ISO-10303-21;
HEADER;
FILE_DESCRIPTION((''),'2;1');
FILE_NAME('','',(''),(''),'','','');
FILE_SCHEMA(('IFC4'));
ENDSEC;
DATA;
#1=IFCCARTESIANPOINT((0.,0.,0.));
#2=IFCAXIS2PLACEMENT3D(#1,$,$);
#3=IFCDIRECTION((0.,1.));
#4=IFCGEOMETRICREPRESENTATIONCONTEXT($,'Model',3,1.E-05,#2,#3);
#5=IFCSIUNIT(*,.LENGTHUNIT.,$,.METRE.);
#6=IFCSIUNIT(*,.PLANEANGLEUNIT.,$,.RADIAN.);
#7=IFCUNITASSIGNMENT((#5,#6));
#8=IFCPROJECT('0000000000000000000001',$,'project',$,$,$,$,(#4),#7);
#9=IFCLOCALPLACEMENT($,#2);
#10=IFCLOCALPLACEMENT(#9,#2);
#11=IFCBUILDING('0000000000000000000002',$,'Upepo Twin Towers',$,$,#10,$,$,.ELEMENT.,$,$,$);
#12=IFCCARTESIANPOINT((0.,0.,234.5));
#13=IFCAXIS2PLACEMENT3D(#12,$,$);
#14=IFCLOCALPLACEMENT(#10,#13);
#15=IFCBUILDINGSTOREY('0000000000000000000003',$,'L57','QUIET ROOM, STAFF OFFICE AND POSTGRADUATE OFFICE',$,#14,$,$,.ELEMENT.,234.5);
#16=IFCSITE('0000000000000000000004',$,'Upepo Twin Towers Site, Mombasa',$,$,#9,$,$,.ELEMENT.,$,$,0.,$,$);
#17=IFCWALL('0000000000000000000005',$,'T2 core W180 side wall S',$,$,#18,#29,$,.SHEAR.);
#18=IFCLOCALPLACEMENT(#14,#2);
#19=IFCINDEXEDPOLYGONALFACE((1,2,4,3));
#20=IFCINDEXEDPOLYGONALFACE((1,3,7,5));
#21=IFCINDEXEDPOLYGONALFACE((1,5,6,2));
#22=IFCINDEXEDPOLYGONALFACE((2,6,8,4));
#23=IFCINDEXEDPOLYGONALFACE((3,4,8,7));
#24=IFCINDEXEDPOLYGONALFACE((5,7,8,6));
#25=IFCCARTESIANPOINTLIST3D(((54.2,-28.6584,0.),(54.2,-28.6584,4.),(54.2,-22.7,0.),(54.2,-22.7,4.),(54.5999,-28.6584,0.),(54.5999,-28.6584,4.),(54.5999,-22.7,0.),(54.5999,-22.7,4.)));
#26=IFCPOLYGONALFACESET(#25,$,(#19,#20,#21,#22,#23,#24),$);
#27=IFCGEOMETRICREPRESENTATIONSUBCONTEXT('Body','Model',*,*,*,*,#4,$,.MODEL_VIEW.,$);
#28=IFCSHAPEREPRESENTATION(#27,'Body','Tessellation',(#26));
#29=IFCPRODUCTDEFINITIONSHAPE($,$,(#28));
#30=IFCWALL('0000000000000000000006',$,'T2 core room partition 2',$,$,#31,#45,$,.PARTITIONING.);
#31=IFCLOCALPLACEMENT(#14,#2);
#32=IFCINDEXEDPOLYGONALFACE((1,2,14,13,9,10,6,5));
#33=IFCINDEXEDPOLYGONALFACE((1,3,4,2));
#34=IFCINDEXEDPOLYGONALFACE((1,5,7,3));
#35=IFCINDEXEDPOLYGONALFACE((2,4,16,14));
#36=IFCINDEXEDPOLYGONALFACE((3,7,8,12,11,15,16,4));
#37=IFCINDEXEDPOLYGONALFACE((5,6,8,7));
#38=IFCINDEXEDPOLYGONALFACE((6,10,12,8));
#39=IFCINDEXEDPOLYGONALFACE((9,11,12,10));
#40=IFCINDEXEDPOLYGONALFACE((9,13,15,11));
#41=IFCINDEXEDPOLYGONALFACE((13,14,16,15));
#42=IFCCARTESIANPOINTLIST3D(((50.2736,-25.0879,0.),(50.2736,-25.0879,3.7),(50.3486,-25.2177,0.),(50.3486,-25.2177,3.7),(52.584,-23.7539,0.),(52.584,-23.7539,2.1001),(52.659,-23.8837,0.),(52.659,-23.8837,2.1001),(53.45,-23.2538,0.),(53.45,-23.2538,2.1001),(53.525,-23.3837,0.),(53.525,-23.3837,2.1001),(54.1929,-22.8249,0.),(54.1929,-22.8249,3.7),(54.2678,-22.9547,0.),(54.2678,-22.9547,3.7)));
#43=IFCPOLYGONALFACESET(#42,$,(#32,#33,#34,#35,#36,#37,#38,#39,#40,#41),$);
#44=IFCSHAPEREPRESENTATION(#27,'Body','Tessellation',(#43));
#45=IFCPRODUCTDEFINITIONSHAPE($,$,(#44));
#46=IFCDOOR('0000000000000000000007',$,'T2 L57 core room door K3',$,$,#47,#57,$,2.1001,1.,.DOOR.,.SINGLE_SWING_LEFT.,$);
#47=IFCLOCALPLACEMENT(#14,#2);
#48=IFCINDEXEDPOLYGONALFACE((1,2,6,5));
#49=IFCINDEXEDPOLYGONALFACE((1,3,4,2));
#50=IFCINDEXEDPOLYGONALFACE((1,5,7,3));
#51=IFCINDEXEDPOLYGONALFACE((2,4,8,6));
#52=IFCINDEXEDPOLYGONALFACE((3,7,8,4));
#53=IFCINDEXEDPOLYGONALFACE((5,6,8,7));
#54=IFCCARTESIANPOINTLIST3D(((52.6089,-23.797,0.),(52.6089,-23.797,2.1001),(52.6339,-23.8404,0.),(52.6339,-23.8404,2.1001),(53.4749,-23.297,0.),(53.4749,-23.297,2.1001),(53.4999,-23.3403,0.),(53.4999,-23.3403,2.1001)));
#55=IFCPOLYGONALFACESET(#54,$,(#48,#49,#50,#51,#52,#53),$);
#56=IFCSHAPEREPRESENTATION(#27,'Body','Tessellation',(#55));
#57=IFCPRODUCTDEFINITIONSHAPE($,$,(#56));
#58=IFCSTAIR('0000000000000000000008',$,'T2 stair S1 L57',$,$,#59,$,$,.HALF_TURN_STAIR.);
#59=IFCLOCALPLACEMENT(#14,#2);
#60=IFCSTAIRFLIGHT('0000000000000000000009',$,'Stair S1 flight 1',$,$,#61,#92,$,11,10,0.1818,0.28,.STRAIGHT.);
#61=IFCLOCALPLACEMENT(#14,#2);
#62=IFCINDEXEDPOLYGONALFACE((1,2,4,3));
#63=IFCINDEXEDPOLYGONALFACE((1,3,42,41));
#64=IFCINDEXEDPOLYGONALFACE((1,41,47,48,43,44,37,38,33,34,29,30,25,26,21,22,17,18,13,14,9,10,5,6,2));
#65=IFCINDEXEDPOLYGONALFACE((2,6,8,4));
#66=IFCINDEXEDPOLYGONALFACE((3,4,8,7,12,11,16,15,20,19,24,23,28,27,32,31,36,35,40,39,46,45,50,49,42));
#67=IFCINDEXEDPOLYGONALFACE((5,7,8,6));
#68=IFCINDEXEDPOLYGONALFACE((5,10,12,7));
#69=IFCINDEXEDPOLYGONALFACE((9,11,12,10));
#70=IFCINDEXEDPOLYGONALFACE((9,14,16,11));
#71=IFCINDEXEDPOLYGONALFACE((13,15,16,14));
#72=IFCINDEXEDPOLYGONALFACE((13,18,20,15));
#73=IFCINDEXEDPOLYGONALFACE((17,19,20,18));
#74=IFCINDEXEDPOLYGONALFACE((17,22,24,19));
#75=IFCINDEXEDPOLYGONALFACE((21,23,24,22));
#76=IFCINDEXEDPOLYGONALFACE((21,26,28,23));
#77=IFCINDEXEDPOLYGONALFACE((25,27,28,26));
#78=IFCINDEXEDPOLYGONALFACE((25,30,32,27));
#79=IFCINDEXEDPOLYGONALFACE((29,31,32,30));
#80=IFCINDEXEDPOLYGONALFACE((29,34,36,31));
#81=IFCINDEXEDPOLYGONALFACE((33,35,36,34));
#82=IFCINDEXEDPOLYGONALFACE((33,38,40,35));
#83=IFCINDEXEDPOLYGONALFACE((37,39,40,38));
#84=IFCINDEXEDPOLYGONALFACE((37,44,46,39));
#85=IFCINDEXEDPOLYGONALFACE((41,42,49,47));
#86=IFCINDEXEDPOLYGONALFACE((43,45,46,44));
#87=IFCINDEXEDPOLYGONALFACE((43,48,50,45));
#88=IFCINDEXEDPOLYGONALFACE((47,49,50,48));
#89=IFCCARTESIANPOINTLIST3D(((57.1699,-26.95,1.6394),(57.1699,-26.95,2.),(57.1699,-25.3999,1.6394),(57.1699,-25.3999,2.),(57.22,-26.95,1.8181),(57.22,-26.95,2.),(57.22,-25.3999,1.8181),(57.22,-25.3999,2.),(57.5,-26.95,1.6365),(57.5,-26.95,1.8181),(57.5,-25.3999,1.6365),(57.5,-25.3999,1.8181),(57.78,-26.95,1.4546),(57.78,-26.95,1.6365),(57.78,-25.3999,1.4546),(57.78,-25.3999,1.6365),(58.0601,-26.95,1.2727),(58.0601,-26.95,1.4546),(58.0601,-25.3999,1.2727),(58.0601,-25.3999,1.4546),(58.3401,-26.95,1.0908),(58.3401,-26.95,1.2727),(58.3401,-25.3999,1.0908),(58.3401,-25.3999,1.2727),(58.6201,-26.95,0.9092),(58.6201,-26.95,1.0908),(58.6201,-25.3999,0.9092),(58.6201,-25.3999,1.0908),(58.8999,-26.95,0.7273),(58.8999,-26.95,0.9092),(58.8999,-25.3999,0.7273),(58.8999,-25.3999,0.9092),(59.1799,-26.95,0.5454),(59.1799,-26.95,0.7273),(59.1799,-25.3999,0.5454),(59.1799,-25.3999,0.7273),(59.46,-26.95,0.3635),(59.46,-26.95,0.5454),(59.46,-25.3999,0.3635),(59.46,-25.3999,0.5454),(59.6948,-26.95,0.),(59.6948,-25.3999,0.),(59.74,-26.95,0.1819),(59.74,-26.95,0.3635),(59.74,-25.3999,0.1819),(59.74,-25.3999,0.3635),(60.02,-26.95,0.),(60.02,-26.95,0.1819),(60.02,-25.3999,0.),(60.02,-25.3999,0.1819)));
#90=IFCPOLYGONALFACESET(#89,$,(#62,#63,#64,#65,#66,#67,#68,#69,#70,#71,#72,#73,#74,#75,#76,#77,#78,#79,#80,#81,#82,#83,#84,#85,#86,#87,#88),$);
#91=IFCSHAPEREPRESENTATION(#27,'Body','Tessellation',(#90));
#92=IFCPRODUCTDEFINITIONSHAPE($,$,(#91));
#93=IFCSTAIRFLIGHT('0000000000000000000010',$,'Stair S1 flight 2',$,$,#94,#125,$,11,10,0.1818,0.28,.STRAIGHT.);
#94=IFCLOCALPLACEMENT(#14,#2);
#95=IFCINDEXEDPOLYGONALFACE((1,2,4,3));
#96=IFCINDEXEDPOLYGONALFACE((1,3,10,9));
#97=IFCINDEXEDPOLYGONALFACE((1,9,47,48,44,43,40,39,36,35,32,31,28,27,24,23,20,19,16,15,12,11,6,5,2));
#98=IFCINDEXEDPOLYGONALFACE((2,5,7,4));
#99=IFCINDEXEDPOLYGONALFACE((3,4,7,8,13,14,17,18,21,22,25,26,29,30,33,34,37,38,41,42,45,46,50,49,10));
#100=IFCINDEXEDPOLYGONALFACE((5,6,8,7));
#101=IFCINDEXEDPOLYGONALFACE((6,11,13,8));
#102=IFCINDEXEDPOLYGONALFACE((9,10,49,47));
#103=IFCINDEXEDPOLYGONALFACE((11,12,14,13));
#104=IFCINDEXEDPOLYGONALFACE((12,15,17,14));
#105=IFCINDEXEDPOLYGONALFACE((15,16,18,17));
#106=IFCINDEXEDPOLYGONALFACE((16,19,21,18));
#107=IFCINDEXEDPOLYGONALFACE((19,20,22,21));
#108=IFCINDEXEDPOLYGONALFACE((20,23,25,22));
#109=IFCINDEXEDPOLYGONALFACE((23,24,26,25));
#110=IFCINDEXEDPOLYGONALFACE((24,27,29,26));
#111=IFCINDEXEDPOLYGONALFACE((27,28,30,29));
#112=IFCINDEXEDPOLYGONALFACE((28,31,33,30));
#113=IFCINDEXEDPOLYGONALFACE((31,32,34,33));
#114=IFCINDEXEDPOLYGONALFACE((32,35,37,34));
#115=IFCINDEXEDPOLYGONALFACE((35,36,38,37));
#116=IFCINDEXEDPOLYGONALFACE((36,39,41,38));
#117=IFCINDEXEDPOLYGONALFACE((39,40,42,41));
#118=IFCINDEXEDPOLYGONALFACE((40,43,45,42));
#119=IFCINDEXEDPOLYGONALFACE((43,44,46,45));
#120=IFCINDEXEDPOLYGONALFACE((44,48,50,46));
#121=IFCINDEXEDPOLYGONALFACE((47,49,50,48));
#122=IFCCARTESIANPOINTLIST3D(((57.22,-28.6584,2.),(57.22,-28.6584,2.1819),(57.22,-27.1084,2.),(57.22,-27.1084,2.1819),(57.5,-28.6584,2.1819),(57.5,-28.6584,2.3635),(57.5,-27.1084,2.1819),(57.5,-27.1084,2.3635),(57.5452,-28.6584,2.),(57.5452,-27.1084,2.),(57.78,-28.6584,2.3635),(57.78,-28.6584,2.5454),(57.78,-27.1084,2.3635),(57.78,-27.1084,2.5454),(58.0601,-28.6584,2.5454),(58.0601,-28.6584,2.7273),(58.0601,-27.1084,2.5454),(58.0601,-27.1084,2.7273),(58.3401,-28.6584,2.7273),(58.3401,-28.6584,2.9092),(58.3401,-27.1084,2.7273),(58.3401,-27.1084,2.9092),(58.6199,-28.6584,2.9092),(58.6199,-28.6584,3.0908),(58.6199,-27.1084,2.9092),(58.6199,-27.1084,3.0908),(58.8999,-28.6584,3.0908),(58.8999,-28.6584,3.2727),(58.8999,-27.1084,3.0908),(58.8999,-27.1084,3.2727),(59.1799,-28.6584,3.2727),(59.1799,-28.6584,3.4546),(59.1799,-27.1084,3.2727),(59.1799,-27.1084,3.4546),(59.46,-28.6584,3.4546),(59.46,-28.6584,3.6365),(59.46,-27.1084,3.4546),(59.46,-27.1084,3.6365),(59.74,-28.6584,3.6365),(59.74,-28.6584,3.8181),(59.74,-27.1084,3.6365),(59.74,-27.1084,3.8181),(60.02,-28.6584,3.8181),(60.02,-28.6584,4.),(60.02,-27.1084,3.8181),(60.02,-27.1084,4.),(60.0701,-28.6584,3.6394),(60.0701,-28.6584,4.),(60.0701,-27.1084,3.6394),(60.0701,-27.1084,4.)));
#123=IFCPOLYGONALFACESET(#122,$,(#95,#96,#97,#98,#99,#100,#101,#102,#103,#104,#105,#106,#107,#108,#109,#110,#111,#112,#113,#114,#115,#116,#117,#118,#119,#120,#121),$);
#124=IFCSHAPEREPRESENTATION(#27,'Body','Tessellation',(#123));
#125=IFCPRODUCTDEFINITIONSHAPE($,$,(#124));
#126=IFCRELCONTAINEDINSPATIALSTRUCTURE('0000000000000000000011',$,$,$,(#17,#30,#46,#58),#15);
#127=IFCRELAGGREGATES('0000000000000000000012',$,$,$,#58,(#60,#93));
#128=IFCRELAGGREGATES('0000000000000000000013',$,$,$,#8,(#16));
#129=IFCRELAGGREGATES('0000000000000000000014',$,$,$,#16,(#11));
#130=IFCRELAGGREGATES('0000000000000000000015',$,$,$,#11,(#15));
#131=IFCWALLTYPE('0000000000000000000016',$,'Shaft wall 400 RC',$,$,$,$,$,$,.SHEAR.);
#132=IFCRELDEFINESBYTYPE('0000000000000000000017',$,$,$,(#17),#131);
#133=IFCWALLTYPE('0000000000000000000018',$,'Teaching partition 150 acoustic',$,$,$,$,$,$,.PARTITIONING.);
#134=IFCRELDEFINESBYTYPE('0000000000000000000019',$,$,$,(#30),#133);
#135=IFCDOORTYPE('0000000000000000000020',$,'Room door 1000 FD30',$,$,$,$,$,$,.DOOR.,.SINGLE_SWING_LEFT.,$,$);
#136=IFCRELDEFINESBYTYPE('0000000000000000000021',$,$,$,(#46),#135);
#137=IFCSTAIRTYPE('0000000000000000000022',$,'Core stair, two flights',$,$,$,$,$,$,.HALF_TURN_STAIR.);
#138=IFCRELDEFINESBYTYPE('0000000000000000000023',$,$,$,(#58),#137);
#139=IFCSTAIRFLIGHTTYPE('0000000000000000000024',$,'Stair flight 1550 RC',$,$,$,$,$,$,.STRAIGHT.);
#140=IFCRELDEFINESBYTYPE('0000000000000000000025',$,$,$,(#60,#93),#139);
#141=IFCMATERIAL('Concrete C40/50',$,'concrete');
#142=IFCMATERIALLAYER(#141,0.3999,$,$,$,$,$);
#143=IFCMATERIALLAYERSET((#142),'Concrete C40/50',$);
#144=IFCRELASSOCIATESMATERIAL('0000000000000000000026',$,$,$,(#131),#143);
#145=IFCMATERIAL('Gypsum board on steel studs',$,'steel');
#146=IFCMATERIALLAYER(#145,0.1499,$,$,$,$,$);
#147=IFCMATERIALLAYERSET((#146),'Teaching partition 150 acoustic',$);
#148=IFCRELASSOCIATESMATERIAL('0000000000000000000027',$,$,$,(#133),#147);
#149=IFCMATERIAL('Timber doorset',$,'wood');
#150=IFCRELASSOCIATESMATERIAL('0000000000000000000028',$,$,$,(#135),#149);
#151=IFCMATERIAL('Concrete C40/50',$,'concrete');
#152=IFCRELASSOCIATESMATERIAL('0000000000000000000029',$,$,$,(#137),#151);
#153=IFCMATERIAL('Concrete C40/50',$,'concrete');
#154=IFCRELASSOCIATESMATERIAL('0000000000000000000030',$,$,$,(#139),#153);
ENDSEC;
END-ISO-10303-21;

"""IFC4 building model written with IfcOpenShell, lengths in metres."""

from ifc_helpers import new_model, si_unit, direction, frame, frame_2d, origin, place, context, subcontext, project, spatial, polyline, rectangle, outline, extrude, material, layer, layer_set, type_object, element, fill, aggregate, save


model = new_model("IFC4")

# Units and contexts
model_context = context("Model", 3, precision=1e-05, world=origin(), true_north=direction((0.0, 1.0)))
body_context = subcontext(model_context, "Body", "Model", "MODEL_VIEW")
ifc_project = project(units=[si_unit("LENGTHUNIT", "METRE"), si_unit("PLANEANGLEUNIT", "RADIAN")], contexts=[model_context])

# Site, building, storey
site_placement = place(None, origin())
site = spatial("IfcSite", under=ifc_project, at=site_placement, Name="Upepo Twin Towers Site, Mombasa", CompositionType="ELEMENT", RefElevation=0.0)
building_placement = place(site_placement, origin())
building = spatial("IfcBuilding", under=site, at=building_placement, Name="Upepo Twin Towers", CompositionType="ELEMENT")
storey_placement = place(building_placement, frame((0.0, 0.0, 234.5)))
storey = spatial("IfcBuildingStorey", under=building, at=storey_placement, Name="L57", Description="QUIET ROOM, STAFF OFFICE AND POSTGRADUATE OFFICE", CompositionType="ELEMENT", Elevation=234.5)

# Wall
ifc_material_1 = material(Name="Concrete C40/50", Category="concrete")
ifc_layer_1 = layer(ifc_material_1, 0.3999)
ifc_layer_set_1 = layer_set([ifc_layer_1], Name="Concrete C40/50")
wall_type_1 = type_object("IfcWallType", Name="Shaft wall 400 RC", PredefinedType="SHEAR", material=ifc_layer_set_1)
wall_1_placement = place(storey_placement, frame((54.3999, -22.7, 0.0), z_axis=(0.0, 0.0, 1.0), x_axis=(0.0, -1.0, 0.0)))
element("IfcWall", 1, at=wall_1_placement, inside=storey, type_object=wall_type_1, Name="T2 core W180 side wall S", PredefinedType="SHEAR", context=body_context, shape_type="SweptSolid", body=[
    extrude(rectangle(XDim=5.9585, YDim=0.3999, at=frame_2d((2.9792, 0.0))), origin(), (0.0, 0.0, 1.0), 4.0),
])

# Wall, opening, door
ifc_material_2 = material(Name="Gypsum board on steel studs", Category="steel")
ifc_layer_2 = layer(ifc_material_2, 0.1499)
ifc_layer_set_2 = layer_set([ifc_layer_2], Name="Teaching partition 150 acoustic")
wall_type_2 = type_object("IfcWallType", Name="Teaching partition 150 acoustic", PredefinedType="PARTITIONING", material=ifc_layer_set_2)
wall_2_placement = place(storey_placement, frame((54.2302, -22.8899, 0.0), z_axis=(0.0, 0.0, 1.0), x_axis=(-0.866007, -0.500032, 0.0)))
wall_2 = element("IfcWall", 2, at=wall_2_placement, inside=storey, type_object=wall_type_2, Name="T2 core room partition 2", PredefinedType="PARTITIONING", context=body_context, shape_type="SweptSolid", body=[
    extrude(rectangle(XDim=4.5256, YDim=0.1499, at=frame_2d((2.2627, 0.0))), origin(), (0.0, 0.0, 1.0), 3.7),
])
opening_1_placement = place(wall_2_placement, frame((0.8577, 0.0, 0.0)))
opening_1 = element("IfcOpeningElement", 3, at=opening_1_placement, cuts=wall_2, PredefinedType="OPENING", context=body_context, shape_type="SweptSolid", body=[
    extrude(rectangle(XDim=1.0, YDim=2.1001, at=frame_2d((0.5, 1.05))), frame((0.0, 0.085, 0.0), z_axis=(0.0, -1.0, 0.0), x_axis=(1.0, 0.0, 0.0)), (0.0, 0.0, 1.0), 0.1699),
])
ifc_material_3 = material(Name="Timber doorset", Category="wood")
door_type_1 = type_object("IfcDoorType", Name="Room door 1000 FD30", OperationType="SINGLE_SWING_LEFT", PredefinedType="DOOR", material=ifc_material_3)
door_1_placement = place(opening_1_placement, origin())
door_1 = element("IfcDoor", 4, at=door_1_placement, inside=storey, type_object=door_type_1, Name="T2 L57 core room door K3", OperationType="SINGLE_SWING_LEFT", OverallHeight=2.1001, OverallWidth=1.0, PredefinedType="DOOR", context=body_context, shape_type="SweptSolid", body=[
    extrude(rectangle(XDim=1.0, YDim=2.1001, at=frame_2d((0.5, 1.05))), frame((0.0, 0.0249, 0.0), z_axis=(0.0, -1.0, 0.0), x_axis=(1.0, 0.0, 0.0)), (0.0, 0.0, 1.0), 0.05),
])
fill(opening_1, door_1)

# Stair, stair flights
ifc_material_4 = material(Name="Concrete C40/50", Category="concrete")
stair_type = type_object("IfcStairType", Name="Core stair, two flights", PredefinedType="HALF_TURN_STAIR", material=ifc_material_4)
stair_placement = place(storey_placement, origin())
stair = element("IfcStair", 5, at=stair_placement, inside=storey, type_object=stair_type, Name="T2 stair S1 L57", PredefinedType="HALF_TURN_STAIR")
ifc_material_5 = material(Name="Concrete C40/50", Category="concrete")
stair_flight_type = type_object("IfcStairFlightType", Name="Stair flight 1550 RC", PredefinedType="STRAIGHT", material=ifc_material_5)
stair_flight_1_placement = place(storey_placement, frame((60.02, -26.175, 0.0), z_axis=(0.0, 0.0, 1.0), x_axis=(-1.0, 0.0, 0.0)))
stair_flight_1 = element("IfcStairFlight", 6, at=stair_flight_1_placement, type_object=stair_flight_type, Name="Stair S1 flight 1", NumberOfRisers=11, NumberOfTreads=10, PredefinedType="STRAIGHT", RiserHeight=0.1818, TreadLength=0.28, context=body_context, shape_type="SweptSolid", body=[
    extrude(outline(polyline([(0.0, 0.0), (0.0, 0.1819), (0.28, 0.1819), (0.28, 0.3635), (0.5601, 0.3635), (0.5601, 0.5454), (0.8401, 0.5454), (0.8401, 0.7273), (1.1201, 0.7273), (1.1201, 0.9092), (1.3999, 0.9092), (1.3999, 1.0908), (1.6799, 1.0908), (1.6799, 1.2727), (1.96, 1.2727), (1.96, 1.4546), (2.24, 1.4546), (2.24, 1.6365), (2.52, 1.6365), (2.52, 1.8181), (2.8, 1.8181), (2.8, 2.0), (2.8501, 2.0), (2.8501, 1.6394), (0.3252, 0.0), (0.0, 0.0)])), frame((0.0, 0.7749, 0.0), z_axis=(0.0, -1.0, 0.0), x_axis=(1.0, 0.0, 0.0)), (0.0, 0.0, 1.0), 1.55),
])
stair_flight_2_placement = place(storey_placement, frame((57.22, -27.8833, 2.0), z_axis=(0.0, 0.0, 1.0), x_axis=(1.0, 0.0, 0.0)))
stair_flight_2 = element("IfcStairFlight", 7, at=stair_flight_2_placement, type_object=stair_flight_type, Name="Stair S1 flight 2", NumberOfRisers=11, NumberOfTreads=10, PredefinedType="STRAIGHT", RiserHeight=0.1818, TreadLength=0.28, context=body_context, shape_type="SweptSolid", body=[
    extrude(outline(polyline([(0.0, 0.0), (0.0, 0.1819), (0.28, 0.1819), (0.28, 0.3635), (0.5601, 0.3635), (0.5601, 0.5454), (0.8401, 0.5454), (0.8401, 0.7273), (1.1201, 0.7273), (1.1201, 0.9092), (1.3999, 0.9092), (1.3999, 1.0908), (1.6799, 1.0908), (1.6799, 1.2727), (1.96, 1.2727), (1.96, 1.4546), (2.24, 1.4546), (2.24, 1.6365), (2.52, 1.6365), (2.52, 1.8181), (2.8, 1.8181), (2.8, 2.0), (2.8501, 2.0), (2.8501, 1.6394), (0.3252, 0.0), (0.0, 0.0)])), frame((0.0, 0.7749, 0.0), z_axis=(0.0, -1.0, 0.0), x_axis=(1.0, 0.0, 0.0)), (0.0, 0.0, 1.0), 1.55),
])
aggregate(stair, [stair_flight_1, stair_flight_2])

save(model, "model.ifc")
